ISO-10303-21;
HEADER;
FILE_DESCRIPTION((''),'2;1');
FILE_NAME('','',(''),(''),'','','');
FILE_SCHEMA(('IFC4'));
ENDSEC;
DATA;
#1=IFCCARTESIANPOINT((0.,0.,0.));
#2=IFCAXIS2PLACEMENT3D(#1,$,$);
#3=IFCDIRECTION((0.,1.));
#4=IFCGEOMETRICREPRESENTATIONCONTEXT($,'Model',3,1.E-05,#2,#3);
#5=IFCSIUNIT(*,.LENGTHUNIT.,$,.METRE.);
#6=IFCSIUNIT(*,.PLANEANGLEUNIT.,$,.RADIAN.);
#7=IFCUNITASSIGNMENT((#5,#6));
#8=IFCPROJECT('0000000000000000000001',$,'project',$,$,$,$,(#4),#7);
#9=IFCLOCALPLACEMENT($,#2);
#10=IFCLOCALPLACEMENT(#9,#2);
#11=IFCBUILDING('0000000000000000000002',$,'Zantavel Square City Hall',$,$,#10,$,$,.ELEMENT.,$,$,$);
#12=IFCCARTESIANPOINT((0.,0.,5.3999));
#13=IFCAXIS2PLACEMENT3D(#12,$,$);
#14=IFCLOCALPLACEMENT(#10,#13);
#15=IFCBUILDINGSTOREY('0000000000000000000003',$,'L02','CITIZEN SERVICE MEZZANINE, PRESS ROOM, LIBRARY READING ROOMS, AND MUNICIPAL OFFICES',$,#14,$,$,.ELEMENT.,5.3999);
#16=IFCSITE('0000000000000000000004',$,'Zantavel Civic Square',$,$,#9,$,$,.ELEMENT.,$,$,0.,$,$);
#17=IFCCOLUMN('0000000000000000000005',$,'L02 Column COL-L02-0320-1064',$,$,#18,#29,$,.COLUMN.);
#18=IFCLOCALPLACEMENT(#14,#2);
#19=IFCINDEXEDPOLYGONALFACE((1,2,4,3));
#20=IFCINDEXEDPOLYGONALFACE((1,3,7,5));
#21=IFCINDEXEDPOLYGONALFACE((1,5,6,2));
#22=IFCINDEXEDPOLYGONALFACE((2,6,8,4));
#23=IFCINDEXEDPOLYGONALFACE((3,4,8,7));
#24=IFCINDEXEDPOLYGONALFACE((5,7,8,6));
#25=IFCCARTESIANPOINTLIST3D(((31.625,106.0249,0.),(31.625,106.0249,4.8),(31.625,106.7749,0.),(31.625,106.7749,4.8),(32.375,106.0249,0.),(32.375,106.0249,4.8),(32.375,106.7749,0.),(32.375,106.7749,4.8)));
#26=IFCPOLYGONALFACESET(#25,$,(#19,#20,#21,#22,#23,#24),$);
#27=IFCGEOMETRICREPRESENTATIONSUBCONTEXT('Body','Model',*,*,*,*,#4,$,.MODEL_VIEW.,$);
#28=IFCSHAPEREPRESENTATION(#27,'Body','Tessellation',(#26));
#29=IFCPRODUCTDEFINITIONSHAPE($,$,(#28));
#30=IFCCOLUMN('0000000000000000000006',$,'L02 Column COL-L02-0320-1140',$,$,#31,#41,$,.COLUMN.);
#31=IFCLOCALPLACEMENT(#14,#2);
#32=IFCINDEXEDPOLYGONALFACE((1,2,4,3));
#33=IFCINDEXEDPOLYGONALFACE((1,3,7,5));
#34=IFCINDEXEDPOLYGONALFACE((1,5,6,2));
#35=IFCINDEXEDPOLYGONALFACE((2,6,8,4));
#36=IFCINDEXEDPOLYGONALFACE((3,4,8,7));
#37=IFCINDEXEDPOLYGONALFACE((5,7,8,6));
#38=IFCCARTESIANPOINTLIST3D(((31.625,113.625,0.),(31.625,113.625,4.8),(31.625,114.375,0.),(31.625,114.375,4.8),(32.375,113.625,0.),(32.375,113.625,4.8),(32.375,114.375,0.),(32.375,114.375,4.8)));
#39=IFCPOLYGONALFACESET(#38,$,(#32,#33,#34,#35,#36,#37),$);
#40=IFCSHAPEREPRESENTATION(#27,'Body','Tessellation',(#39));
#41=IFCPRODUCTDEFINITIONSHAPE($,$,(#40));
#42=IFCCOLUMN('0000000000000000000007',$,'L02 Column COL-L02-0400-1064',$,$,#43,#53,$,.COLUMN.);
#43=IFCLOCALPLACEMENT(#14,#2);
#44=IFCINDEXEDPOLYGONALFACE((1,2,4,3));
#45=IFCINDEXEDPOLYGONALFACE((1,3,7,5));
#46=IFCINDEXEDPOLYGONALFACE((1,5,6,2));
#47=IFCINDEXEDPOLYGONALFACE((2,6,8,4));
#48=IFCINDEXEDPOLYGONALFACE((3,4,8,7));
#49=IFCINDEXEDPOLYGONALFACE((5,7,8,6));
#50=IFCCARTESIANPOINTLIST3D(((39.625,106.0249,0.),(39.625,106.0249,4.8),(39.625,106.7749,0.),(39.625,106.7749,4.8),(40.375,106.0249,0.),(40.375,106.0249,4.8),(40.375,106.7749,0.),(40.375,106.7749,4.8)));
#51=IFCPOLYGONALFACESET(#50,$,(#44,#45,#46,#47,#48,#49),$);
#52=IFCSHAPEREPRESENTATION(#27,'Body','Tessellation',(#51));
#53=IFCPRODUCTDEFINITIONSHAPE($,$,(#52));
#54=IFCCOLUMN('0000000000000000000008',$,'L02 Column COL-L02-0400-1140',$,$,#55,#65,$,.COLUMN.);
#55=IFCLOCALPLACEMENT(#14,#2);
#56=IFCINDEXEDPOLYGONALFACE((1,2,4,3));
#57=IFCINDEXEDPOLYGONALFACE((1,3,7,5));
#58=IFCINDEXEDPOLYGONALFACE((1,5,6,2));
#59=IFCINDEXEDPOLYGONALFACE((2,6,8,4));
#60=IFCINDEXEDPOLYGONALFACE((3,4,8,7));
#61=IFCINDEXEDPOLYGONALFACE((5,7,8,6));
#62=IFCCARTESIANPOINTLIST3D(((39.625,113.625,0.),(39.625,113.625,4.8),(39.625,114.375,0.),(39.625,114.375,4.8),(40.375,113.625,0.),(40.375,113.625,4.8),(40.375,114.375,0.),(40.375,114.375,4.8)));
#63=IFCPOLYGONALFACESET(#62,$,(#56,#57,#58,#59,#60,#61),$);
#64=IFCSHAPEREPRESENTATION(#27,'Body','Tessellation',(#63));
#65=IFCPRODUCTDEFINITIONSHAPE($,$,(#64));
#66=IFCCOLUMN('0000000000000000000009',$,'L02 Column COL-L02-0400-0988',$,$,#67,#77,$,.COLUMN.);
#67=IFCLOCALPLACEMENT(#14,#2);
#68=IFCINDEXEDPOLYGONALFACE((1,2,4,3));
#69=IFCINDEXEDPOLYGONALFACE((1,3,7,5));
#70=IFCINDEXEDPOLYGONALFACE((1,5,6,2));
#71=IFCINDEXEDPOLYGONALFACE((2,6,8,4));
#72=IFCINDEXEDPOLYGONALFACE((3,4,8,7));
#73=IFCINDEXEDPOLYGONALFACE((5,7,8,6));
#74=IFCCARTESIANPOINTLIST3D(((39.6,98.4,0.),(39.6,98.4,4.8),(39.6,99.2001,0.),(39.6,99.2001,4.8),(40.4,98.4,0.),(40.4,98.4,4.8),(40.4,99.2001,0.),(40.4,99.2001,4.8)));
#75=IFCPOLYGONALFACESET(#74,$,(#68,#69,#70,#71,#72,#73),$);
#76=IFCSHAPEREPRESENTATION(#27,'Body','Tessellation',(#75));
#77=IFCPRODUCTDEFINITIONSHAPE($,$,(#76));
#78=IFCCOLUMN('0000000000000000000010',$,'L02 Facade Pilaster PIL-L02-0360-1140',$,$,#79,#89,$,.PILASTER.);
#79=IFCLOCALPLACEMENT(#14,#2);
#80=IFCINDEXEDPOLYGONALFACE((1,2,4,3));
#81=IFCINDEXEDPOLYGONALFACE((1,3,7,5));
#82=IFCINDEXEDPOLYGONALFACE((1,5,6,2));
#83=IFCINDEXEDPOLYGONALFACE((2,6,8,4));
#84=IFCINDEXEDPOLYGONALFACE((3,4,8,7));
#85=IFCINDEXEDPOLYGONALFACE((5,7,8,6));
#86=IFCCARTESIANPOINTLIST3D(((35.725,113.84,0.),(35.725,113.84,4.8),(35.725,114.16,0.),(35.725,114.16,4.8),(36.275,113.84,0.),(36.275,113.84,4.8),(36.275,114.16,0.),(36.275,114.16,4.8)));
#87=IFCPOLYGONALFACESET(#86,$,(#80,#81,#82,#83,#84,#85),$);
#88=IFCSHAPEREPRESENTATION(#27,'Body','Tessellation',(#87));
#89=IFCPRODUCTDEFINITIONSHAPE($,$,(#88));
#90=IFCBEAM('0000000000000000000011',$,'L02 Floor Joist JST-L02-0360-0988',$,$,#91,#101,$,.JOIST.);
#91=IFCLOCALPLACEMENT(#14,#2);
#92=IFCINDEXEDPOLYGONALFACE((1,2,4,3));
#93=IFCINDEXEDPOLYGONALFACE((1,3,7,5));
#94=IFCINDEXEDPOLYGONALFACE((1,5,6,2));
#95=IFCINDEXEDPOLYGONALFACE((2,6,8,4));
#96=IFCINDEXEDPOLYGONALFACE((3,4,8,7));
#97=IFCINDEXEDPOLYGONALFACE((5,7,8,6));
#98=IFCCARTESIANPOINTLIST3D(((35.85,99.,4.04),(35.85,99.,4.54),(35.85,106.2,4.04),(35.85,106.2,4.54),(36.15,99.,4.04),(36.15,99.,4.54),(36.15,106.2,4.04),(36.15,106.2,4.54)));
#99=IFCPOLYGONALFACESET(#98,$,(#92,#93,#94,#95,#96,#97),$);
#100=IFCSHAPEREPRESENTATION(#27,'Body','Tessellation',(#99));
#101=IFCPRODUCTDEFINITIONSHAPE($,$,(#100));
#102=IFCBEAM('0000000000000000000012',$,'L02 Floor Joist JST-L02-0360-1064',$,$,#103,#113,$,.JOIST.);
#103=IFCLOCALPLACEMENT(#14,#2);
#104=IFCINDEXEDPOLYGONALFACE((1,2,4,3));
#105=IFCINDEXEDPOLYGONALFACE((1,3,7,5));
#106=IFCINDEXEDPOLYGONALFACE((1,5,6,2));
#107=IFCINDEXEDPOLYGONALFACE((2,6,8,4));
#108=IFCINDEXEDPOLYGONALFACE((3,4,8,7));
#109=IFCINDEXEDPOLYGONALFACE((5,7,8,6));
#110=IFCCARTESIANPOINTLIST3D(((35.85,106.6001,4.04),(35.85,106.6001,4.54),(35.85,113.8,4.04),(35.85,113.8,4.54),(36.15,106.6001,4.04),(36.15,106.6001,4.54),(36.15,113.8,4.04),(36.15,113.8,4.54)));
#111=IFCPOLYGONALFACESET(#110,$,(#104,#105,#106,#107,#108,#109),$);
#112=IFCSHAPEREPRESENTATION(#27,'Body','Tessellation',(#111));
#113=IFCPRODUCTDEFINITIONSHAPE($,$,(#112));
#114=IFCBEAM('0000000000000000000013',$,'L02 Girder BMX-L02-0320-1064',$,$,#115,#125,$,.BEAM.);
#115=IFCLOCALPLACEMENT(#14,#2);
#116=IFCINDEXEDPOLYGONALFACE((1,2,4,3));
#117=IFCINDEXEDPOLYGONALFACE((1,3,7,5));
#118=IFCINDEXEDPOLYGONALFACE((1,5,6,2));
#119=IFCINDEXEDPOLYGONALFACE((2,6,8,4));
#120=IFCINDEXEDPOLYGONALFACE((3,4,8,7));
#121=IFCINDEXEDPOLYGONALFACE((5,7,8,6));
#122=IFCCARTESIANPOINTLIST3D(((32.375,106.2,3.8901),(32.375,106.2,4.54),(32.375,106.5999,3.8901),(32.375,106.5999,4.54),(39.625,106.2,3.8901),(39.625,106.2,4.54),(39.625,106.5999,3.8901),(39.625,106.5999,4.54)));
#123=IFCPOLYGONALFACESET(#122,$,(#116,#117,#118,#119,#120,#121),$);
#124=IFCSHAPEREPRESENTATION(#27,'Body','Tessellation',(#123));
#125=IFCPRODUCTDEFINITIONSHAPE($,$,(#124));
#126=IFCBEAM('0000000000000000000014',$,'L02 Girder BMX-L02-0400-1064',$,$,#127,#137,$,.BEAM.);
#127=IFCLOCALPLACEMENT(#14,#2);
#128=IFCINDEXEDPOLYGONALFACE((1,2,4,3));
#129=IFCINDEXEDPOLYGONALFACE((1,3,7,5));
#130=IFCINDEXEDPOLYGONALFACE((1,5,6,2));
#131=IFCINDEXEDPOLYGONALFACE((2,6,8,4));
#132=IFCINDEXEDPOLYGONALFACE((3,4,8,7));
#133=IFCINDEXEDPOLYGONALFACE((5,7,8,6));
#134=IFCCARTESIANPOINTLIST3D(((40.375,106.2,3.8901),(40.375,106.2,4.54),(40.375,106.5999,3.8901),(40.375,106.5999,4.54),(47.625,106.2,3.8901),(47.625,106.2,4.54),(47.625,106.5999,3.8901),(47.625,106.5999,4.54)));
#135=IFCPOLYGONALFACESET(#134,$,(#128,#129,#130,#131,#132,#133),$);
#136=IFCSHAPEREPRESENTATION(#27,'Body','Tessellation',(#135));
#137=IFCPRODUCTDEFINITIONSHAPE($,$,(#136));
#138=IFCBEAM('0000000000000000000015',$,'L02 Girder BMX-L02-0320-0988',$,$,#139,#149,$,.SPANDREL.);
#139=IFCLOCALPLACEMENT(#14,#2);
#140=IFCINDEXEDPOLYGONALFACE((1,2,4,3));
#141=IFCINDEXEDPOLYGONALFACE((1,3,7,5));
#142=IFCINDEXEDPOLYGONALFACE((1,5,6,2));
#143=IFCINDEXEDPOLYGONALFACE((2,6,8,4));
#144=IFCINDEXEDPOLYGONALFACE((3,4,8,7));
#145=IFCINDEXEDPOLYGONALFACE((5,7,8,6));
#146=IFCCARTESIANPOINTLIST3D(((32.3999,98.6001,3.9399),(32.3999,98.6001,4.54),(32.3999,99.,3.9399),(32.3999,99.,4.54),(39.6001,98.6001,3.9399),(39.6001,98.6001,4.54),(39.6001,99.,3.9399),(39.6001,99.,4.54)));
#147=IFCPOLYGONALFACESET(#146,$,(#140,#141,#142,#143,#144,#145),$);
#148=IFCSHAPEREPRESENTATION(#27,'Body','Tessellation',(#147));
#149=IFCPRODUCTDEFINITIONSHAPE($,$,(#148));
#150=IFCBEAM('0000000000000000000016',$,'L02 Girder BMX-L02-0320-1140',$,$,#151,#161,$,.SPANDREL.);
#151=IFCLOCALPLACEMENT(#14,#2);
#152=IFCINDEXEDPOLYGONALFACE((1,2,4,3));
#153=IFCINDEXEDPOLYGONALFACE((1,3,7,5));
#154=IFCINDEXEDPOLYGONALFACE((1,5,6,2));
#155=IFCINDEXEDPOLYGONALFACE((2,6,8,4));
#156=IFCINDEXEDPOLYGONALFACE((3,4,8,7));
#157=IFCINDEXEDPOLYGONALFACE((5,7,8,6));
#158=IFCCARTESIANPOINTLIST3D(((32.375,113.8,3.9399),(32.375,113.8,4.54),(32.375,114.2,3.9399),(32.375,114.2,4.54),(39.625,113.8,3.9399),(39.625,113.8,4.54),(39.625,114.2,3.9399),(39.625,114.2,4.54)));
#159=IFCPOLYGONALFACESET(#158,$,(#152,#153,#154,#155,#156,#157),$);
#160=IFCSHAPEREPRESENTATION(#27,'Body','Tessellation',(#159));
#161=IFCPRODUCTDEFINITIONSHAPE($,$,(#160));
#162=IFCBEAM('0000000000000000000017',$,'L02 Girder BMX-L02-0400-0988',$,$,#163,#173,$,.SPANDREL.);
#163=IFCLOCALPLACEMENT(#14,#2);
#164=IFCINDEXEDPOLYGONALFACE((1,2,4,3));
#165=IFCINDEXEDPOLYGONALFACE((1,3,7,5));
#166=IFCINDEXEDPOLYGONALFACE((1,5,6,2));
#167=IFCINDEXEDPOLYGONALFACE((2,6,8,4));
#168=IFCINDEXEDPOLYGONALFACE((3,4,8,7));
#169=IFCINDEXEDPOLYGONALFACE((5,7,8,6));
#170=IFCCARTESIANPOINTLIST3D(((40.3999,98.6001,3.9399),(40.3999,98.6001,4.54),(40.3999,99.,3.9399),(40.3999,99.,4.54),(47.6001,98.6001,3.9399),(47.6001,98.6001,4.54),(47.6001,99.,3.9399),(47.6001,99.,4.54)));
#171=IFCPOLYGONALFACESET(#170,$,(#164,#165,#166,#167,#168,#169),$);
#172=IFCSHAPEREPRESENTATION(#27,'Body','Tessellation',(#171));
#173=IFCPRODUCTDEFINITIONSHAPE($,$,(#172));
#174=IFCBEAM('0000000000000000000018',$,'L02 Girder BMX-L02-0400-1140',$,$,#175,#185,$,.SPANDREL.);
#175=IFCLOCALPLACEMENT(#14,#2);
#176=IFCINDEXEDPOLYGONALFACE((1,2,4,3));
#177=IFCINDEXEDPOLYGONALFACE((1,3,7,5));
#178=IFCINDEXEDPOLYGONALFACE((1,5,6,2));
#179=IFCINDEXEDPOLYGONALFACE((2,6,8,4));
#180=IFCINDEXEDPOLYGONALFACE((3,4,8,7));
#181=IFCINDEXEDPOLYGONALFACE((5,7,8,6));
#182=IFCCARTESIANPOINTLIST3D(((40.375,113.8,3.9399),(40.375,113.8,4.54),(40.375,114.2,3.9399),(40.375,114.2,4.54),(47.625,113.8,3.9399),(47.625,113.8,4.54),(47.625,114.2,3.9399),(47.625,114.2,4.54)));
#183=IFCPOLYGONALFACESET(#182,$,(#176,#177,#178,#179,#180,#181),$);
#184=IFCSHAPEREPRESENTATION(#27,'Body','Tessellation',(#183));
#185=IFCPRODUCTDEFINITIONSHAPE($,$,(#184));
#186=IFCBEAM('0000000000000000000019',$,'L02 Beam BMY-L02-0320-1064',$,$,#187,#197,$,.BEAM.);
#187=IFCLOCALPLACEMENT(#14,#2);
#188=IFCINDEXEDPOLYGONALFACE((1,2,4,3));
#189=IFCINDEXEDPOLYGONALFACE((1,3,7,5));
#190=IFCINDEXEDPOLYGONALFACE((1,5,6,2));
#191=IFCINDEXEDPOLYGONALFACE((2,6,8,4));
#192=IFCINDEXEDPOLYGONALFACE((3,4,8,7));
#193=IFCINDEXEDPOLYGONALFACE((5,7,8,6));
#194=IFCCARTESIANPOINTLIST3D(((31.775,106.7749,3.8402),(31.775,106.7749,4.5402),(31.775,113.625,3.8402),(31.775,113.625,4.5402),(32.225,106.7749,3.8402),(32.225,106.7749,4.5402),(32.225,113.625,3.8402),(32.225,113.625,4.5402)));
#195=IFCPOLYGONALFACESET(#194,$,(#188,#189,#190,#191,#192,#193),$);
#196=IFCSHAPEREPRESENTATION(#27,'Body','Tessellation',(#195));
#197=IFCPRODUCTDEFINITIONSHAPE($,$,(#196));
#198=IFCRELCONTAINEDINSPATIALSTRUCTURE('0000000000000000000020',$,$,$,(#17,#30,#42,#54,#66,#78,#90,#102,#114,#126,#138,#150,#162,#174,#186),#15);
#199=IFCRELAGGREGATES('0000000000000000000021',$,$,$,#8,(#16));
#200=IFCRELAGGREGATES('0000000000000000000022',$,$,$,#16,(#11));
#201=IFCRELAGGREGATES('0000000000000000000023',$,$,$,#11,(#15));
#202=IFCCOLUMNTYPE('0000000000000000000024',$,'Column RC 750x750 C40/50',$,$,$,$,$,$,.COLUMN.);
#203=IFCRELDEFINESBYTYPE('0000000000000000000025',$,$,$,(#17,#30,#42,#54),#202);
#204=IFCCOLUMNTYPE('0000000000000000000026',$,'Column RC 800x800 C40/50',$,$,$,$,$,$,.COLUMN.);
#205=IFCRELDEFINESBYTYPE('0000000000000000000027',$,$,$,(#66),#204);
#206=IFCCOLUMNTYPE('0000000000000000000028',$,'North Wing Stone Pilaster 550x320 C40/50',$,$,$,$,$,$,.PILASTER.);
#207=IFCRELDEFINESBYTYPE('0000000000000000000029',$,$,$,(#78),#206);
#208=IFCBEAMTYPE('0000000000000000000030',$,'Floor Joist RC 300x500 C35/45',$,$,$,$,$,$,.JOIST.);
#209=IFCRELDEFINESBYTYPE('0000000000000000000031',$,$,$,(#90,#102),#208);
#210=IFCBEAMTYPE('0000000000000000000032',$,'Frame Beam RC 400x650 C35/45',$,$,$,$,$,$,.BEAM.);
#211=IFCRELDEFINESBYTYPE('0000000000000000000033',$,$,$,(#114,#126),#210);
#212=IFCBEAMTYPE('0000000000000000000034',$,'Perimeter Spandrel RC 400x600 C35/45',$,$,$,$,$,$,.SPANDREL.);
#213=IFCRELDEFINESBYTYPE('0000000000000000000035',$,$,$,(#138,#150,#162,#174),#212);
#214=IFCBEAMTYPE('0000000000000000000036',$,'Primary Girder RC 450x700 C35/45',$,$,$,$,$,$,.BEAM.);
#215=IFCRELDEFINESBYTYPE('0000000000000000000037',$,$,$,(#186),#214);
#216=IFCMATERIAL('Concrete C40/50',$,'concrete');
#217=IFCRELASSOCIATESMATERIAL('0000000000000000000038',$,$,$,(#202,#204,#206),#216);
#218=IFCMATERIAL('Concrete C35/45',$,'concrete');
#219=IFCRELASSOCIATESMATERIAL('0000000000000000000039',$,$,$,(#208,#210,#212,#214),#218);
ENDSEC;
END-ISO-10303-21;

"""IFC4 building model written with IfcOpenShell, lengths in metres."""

from ifc_helpers import new_model, si_unit, direction, frame, origin, origin_2d, place, context, subcontext, project, spatial, rectangle, extrude, material, material_profile, profile_set, type_object, element, save


model = new_model("IFC4")

# Units and contexts
model_context = context("Model", 3, precision=1e-05, world=origin(), true_north=direction((0.0, 1.0)))
body_context = subcontext(model_context, "Body", "Model", "MODEL_VIEW")
ifc_project = project(units=[si_unit("LENGTHUNIT", "METRE"), si_unit("PLANEANGLEUNIT", "RADIAN")], contexts=[model_context])

# Site, building, storey
site_placement = place(None, origin())
site = spatial("IfcSite", under=ifc_project, at=site_placement, Name="Zantavel Civic Square", CompositionType="ELEMENT", RefElevation=0.0)
building_placement = place(site_placement, origin())
building = spatial("IfcBuilding", under=site, at=building_placement, Name="Zantavel Square City Hall", CompositionType="ELEMENT")
storey_placement = place(building_placement, frame((0.0, 0.0, 5.3999)))
storey = spatial("IfcBuildingStorey", under=building, at=storey_placement, Name="L02", Description="CITIZEN SERVICE MEZZANINE, PRESS ROOM, LIBRARY READING ROOMS, AND MUNICIPAL OFFICES", CompositionType="ELEMENT", Elevation=5.3999)

# Columns
ifc_material_1 = material(Name="Concrete C40/50", Category="concrete")
ifc_material_profile_1 = material_profile(ifc_material_1, rectangle(XDim=0.75, YDim=0.75, at=origin_2d()), Name="RC 750x750")
ifc_profile_set_1 = profile_set([ifc_material_profile_1], Name="Concrete C40/50")
column_type_1 = type_object("IfcColumnType", Name="Column RC 750x750 C40/50", PredefinedType="COLUMN", material=ifc_profile_set_1)
for number, where, z_axis, x_axis, name in (
    (1, (32.0, 106.3999, 0.0), (0.0, 0.0, 1.0), (1.0, 0.0, 0.0), "L02 Column COL-L02-0320-1064"),
    (2, (32.0, 114.0, 0.0), (0.0, 0.0, 1.0), (1.0, 0.0, 0.0), "L02 Column COL-L02-0320-1140"),
    (3, (40.0, 106.3999, 0.0), (0.0, 0.0, 1.0), (1.0, 0.0, 0.0), "L02 Column COL-L02-0400-1064"),
    (4, (40.0, 114.0, 0.0), (0.0, 0.0, 1.0), (1.0, 0.0, 0.0), "L02 Column COL-L02-0400-1140"),
):
    element("IfcColumn", number, at=place(storey_placement, frame(where, z_axis=z_axis, x_axis=x_axis)), inside=storey, type_object=column_type_1, Name=name, PredefinedType="COLUMN", context=body_context, shape_type="SweptSolid", body=[
        extrude(rectangle(XDim=0.75, YDim=0.75, at=origin_2d()), origin(), (0.0, 0.0, 1.0), 4.8),
    ])
ifc_material_profile_2 = material_profile(ifc_material_1, rectangle(XDim=0.8, YDim=0.8, at=origin_2d()), Name="RC 800x800")
ifc_profile_set_2 = profile_set([ifc_material_profile_2], Name="Concrete C40/50")
column_type_2 = type_object("IfcColumnType", Name="Column RC 800x800 C40/50", PredefinedType="COLUMN", material=ifc_profile_set_2)
column_1_placement = place(storey_placement, frame((40.0, 98.8, 0.0), z_axis=(0.0, 0.0, 1.0), x_axis=(1.0, 0.0, 0.0)))
element("IfcColumn", 5, at=column_1_placement, inside=storey, type_object=column_type_2, Name="L02 Column COL-L02-0400-0988", PredefinedType="COLUMN", context=body_context, shape_type="SweptSolid", body=[
    extrude(rectangle(XDim=0.8, YDim=0.8, at=origin_2d()), origin(), (0.0, 0.0, 1.0), 4.8),
])
ifc_material_profile_3 = material_profile(ifc_material_1, rectangle(XDim=0.55, YDim=0.3201, at=origin_2d()), Name="RC 550x320")
ifc_profile_set_3 = profile_set([ifc_material_profile_3], Name="Concrete C40/50")
column_type_3 = type_object("IfcColumnType", Name="North Wing Stone Pilaster 550x320 C40/50", PredefinedType="PILASTER", material=ifc_profile_set_3)
column_2_placement = place(storey_placement, frame((36.0, 114.0, 0.0), z_axis=(0.0, 0.0, 1.0), x_axis=(1.0, 0.0, 0.0)))
element("IfcColumn", 6, at=column_2_placement, inside=storey, type_object=column_type_3, Name="L02 Facade Pilaster PIL-L02-0360-1140", PredefinedType="PILASTER", context=body_context, shape_type="SweptSolid", body=[
    extrude(rectangle(XDim=0.55, YDim=0.3201, at=origin_2d()), origin(), (0.0, 0.0, 1.0), 4.8),
])

# Beams
ifc_material_2 = material(Name="Concrete C35/45", Category="concrete")
ifc_material_profile_4 = material_profile(ifc_material_2, rectangle(XDim=0.3, YDim=0.5, at=origin_2d()), Name="RC 300x500")
ifc_profile_set_4 = profile_set([ifc_material_profile_4], Name="Concrete C35/45")
beam_type_1 = type_object("IfcBeamType", Name="Floor Joist RC 300x500 C35/45", PredefinedType="JOIST", material=ifc_profile_set_4)
for number, where, z_axis, x_axis, name in (
    (7, (36.0, 99.0, 4.29), (0.0, 1.0, 0.0), (-1.0, 0.0, 0.0), "L02 Floor Joist JST-L02-0360-0988"),
    (8, (36.0, 106.6001, 4.29), (0.0, 1.0, 0.0), (-1.0, 0.0, 0.0), "L02 Floor Joist JST-L02-0360-1064"),
):
    element("IfcBeam", number, at=place(storey_placement, frame(where, z_axis=z_axis, x_axis=x_axis)), inside=storey, type_object=beam_type_1, Name=name, PredefinedType="JOIST", context=body_context, shape_type="SweptSolid", body=[
        extrude(rectangle(XDim=0.3, YDim=0.5, at=origin_2d()), origin(), (0.0, 0.0, 1.0), 7.2),
    ])
ifc_material_profile_5 = material_profile(ifc_material_2, rectangle(XDim=0.3999, YDim=0.6499, at=origin_2d()), Name="RC 400x650")
ifc_profile_set_5 = profile_set([ifc_material_profile_5], Name="Concrete C35/45")
beam_type_2 = type_object("IfcBeamType", Name="Frame Beam RC 400x650 C35/45", PredefinedType="BEAM", material=ifc_profile_set_5)
for number, where, z_axis, x_axis, name in (
    (9, (32.375, 106.3999, 4.2151), (1.0, 0.0, 0.0), (0.0, 1.0, 0.0), "L02 Girder BMX-L02-0320-1064"),
    (10, (40.375, 106.3999, 4.2151), (1.0, 0.0, 0.0), (0.0, 1.0, 0.0), "L02 Girder BMX-L02-0400-1064"),
):
    element("IfcBeam", number, at=place(storey_placement, frame(where, z_axis=z_axis, x_axis=x_axis)), inside=storey, type_object=beam_type_2, Name=name, PredefinedType="BEAM", context=body_context, shape_type="SweptSolid", body=[
        extrude(rectangle(XDim=0.3999, YDim=0.6499, at=origin_2d()), origin(), (0.0, 0.0, 1.0), 7.25),
    ])
ifc_material_profile_6 = material_profile(ifc_material_2, rectangle(XDim=0.3999, YDim=0.6001, at=origin_2d()), Name="RC 400x600")
ifc_profile_set_6 = profile_set([ifc_material_profile_6], Name="Concrete C35/45")
beam_type_3 = type_object("IfcBeamType", Name="Perimeter Spandrel RC 400x600 C35/45", PredefinedType="SPANDREL", material=ifc_profile_set_6)
beam_1_placement = place(storey_placement, frame((32.3999, 98.8, 4.24), z_axis=(1.0, 0.0, 0.0), x_axis=(0.0, 1.0, 0.0)))
element("IfcBeam", 11, at=beam_1_placement, inside=storey, type_object=beam_type_3, Name="L02 Girder BMX-L02-0320-0988", PredefinedType="SPANDREL", context=body_context, shape_type="SweptSolid", body=[
    extrude(rectangle(XDim=0.3999, YDim=0.6001, at=origin_2d()), origin(), (0.0, 0.0, 1.0), 7.2002),
])
beam_2_placement = place(storey_placement, frame((32.375, 114.0, 4.24), z_axis=(1.0, 0.0, 0.0), x_axis=(0.0, 1.0, 0.0)))
element("IfcBeam", 12, at=beam_2_placement, inside=storey, type_object=beam_type_3, Name="L02 Girder BMX-L02-0320-1140", PredefinedType="SPANDREL", context=body_context, shape_type="SweptSolid", body=[
    extrude(rectangle(XDim=0.3999, YDim=0.6001, at=origin_2d()), origin(), (0.0, 0.0, 1.0), 7.25),
])
beam_3_placement = place(storey_placement, frame((40.3999, 98.8, 4.24), z_axis=(1.0, 0.0, 0.0), x_axis=(0.0, 1.0, 0.0)))
element("IfcBeam", 13, at=beam_3_placement, inside=storey, type_object=beam_type_3, Name="L02 Girder BMX-L02-0400-0988", PredefinedType="SPANDREL", context=body_context, shape_type="SweptSolid", body=[
    extrude(rectangle(XDim=0.3999, YDim=0.6001, at=origin_2d()), origin(), (0.0, 0.0, 1.0), 7.2002),
])
beam_4_placement = place(storey_placement, frame((40.375, 114.0, 4.24), z_axis=(1.0, 0.0, 0.0), x_axis=(0.0, 1.0, 0.0)))
element("IfcBeam", 14, at=beam_4_placement, inside=storey, type_object=beam_type_3, Name="L02 Girder BMX-L02-0400-1140", PredefinedType="SPANDREL", context=body_context, shape_type="SweptSolid", body=[
    extrude(rectangle(XDim=0.3999, YDim=0.6001, at=origin_2d()), origin(), (0.0, 0.0, 1.0), 7.25),
])
ifc_material_profile_7 = material_profile(ifc_material_2, rectangle(XDim=0.45, YDim=0.7, at=origin_2d()), Name="RC 450x700")
ifc_profile_set_7 = profile_set([ifc_material_profile_7], Name="Concrete C35/45")
beam_type_4 = type_object("IfcBeamType", Name="Primary Girder RC 450x700 C35/45", PredefinedType="BEAM", material=ifc_profile_set_7)
beam_5_placement = place(storey_placement, frame((32.0, 106.7749, 4.1902), z_axis=(0.0, 1.0, 0.0), x_axis=(-1.0, 0.0, 0.0)))
element("IfcBeam", 15, at=beam_5_placement, inside=storey, type_object=beam_type_4, Name="L02 Beam BMY-L02-0320-1064", PredefinedType="BEAM", context=body_context, shape_type="SweptSolid", body=[
    extrude(rectangle(XDim=0.45, YDim=0.7, at=origin_2d()), origin(), (0.0, 0.0, 1.0), 6.8501),
])

save(model, "model.ifc")
